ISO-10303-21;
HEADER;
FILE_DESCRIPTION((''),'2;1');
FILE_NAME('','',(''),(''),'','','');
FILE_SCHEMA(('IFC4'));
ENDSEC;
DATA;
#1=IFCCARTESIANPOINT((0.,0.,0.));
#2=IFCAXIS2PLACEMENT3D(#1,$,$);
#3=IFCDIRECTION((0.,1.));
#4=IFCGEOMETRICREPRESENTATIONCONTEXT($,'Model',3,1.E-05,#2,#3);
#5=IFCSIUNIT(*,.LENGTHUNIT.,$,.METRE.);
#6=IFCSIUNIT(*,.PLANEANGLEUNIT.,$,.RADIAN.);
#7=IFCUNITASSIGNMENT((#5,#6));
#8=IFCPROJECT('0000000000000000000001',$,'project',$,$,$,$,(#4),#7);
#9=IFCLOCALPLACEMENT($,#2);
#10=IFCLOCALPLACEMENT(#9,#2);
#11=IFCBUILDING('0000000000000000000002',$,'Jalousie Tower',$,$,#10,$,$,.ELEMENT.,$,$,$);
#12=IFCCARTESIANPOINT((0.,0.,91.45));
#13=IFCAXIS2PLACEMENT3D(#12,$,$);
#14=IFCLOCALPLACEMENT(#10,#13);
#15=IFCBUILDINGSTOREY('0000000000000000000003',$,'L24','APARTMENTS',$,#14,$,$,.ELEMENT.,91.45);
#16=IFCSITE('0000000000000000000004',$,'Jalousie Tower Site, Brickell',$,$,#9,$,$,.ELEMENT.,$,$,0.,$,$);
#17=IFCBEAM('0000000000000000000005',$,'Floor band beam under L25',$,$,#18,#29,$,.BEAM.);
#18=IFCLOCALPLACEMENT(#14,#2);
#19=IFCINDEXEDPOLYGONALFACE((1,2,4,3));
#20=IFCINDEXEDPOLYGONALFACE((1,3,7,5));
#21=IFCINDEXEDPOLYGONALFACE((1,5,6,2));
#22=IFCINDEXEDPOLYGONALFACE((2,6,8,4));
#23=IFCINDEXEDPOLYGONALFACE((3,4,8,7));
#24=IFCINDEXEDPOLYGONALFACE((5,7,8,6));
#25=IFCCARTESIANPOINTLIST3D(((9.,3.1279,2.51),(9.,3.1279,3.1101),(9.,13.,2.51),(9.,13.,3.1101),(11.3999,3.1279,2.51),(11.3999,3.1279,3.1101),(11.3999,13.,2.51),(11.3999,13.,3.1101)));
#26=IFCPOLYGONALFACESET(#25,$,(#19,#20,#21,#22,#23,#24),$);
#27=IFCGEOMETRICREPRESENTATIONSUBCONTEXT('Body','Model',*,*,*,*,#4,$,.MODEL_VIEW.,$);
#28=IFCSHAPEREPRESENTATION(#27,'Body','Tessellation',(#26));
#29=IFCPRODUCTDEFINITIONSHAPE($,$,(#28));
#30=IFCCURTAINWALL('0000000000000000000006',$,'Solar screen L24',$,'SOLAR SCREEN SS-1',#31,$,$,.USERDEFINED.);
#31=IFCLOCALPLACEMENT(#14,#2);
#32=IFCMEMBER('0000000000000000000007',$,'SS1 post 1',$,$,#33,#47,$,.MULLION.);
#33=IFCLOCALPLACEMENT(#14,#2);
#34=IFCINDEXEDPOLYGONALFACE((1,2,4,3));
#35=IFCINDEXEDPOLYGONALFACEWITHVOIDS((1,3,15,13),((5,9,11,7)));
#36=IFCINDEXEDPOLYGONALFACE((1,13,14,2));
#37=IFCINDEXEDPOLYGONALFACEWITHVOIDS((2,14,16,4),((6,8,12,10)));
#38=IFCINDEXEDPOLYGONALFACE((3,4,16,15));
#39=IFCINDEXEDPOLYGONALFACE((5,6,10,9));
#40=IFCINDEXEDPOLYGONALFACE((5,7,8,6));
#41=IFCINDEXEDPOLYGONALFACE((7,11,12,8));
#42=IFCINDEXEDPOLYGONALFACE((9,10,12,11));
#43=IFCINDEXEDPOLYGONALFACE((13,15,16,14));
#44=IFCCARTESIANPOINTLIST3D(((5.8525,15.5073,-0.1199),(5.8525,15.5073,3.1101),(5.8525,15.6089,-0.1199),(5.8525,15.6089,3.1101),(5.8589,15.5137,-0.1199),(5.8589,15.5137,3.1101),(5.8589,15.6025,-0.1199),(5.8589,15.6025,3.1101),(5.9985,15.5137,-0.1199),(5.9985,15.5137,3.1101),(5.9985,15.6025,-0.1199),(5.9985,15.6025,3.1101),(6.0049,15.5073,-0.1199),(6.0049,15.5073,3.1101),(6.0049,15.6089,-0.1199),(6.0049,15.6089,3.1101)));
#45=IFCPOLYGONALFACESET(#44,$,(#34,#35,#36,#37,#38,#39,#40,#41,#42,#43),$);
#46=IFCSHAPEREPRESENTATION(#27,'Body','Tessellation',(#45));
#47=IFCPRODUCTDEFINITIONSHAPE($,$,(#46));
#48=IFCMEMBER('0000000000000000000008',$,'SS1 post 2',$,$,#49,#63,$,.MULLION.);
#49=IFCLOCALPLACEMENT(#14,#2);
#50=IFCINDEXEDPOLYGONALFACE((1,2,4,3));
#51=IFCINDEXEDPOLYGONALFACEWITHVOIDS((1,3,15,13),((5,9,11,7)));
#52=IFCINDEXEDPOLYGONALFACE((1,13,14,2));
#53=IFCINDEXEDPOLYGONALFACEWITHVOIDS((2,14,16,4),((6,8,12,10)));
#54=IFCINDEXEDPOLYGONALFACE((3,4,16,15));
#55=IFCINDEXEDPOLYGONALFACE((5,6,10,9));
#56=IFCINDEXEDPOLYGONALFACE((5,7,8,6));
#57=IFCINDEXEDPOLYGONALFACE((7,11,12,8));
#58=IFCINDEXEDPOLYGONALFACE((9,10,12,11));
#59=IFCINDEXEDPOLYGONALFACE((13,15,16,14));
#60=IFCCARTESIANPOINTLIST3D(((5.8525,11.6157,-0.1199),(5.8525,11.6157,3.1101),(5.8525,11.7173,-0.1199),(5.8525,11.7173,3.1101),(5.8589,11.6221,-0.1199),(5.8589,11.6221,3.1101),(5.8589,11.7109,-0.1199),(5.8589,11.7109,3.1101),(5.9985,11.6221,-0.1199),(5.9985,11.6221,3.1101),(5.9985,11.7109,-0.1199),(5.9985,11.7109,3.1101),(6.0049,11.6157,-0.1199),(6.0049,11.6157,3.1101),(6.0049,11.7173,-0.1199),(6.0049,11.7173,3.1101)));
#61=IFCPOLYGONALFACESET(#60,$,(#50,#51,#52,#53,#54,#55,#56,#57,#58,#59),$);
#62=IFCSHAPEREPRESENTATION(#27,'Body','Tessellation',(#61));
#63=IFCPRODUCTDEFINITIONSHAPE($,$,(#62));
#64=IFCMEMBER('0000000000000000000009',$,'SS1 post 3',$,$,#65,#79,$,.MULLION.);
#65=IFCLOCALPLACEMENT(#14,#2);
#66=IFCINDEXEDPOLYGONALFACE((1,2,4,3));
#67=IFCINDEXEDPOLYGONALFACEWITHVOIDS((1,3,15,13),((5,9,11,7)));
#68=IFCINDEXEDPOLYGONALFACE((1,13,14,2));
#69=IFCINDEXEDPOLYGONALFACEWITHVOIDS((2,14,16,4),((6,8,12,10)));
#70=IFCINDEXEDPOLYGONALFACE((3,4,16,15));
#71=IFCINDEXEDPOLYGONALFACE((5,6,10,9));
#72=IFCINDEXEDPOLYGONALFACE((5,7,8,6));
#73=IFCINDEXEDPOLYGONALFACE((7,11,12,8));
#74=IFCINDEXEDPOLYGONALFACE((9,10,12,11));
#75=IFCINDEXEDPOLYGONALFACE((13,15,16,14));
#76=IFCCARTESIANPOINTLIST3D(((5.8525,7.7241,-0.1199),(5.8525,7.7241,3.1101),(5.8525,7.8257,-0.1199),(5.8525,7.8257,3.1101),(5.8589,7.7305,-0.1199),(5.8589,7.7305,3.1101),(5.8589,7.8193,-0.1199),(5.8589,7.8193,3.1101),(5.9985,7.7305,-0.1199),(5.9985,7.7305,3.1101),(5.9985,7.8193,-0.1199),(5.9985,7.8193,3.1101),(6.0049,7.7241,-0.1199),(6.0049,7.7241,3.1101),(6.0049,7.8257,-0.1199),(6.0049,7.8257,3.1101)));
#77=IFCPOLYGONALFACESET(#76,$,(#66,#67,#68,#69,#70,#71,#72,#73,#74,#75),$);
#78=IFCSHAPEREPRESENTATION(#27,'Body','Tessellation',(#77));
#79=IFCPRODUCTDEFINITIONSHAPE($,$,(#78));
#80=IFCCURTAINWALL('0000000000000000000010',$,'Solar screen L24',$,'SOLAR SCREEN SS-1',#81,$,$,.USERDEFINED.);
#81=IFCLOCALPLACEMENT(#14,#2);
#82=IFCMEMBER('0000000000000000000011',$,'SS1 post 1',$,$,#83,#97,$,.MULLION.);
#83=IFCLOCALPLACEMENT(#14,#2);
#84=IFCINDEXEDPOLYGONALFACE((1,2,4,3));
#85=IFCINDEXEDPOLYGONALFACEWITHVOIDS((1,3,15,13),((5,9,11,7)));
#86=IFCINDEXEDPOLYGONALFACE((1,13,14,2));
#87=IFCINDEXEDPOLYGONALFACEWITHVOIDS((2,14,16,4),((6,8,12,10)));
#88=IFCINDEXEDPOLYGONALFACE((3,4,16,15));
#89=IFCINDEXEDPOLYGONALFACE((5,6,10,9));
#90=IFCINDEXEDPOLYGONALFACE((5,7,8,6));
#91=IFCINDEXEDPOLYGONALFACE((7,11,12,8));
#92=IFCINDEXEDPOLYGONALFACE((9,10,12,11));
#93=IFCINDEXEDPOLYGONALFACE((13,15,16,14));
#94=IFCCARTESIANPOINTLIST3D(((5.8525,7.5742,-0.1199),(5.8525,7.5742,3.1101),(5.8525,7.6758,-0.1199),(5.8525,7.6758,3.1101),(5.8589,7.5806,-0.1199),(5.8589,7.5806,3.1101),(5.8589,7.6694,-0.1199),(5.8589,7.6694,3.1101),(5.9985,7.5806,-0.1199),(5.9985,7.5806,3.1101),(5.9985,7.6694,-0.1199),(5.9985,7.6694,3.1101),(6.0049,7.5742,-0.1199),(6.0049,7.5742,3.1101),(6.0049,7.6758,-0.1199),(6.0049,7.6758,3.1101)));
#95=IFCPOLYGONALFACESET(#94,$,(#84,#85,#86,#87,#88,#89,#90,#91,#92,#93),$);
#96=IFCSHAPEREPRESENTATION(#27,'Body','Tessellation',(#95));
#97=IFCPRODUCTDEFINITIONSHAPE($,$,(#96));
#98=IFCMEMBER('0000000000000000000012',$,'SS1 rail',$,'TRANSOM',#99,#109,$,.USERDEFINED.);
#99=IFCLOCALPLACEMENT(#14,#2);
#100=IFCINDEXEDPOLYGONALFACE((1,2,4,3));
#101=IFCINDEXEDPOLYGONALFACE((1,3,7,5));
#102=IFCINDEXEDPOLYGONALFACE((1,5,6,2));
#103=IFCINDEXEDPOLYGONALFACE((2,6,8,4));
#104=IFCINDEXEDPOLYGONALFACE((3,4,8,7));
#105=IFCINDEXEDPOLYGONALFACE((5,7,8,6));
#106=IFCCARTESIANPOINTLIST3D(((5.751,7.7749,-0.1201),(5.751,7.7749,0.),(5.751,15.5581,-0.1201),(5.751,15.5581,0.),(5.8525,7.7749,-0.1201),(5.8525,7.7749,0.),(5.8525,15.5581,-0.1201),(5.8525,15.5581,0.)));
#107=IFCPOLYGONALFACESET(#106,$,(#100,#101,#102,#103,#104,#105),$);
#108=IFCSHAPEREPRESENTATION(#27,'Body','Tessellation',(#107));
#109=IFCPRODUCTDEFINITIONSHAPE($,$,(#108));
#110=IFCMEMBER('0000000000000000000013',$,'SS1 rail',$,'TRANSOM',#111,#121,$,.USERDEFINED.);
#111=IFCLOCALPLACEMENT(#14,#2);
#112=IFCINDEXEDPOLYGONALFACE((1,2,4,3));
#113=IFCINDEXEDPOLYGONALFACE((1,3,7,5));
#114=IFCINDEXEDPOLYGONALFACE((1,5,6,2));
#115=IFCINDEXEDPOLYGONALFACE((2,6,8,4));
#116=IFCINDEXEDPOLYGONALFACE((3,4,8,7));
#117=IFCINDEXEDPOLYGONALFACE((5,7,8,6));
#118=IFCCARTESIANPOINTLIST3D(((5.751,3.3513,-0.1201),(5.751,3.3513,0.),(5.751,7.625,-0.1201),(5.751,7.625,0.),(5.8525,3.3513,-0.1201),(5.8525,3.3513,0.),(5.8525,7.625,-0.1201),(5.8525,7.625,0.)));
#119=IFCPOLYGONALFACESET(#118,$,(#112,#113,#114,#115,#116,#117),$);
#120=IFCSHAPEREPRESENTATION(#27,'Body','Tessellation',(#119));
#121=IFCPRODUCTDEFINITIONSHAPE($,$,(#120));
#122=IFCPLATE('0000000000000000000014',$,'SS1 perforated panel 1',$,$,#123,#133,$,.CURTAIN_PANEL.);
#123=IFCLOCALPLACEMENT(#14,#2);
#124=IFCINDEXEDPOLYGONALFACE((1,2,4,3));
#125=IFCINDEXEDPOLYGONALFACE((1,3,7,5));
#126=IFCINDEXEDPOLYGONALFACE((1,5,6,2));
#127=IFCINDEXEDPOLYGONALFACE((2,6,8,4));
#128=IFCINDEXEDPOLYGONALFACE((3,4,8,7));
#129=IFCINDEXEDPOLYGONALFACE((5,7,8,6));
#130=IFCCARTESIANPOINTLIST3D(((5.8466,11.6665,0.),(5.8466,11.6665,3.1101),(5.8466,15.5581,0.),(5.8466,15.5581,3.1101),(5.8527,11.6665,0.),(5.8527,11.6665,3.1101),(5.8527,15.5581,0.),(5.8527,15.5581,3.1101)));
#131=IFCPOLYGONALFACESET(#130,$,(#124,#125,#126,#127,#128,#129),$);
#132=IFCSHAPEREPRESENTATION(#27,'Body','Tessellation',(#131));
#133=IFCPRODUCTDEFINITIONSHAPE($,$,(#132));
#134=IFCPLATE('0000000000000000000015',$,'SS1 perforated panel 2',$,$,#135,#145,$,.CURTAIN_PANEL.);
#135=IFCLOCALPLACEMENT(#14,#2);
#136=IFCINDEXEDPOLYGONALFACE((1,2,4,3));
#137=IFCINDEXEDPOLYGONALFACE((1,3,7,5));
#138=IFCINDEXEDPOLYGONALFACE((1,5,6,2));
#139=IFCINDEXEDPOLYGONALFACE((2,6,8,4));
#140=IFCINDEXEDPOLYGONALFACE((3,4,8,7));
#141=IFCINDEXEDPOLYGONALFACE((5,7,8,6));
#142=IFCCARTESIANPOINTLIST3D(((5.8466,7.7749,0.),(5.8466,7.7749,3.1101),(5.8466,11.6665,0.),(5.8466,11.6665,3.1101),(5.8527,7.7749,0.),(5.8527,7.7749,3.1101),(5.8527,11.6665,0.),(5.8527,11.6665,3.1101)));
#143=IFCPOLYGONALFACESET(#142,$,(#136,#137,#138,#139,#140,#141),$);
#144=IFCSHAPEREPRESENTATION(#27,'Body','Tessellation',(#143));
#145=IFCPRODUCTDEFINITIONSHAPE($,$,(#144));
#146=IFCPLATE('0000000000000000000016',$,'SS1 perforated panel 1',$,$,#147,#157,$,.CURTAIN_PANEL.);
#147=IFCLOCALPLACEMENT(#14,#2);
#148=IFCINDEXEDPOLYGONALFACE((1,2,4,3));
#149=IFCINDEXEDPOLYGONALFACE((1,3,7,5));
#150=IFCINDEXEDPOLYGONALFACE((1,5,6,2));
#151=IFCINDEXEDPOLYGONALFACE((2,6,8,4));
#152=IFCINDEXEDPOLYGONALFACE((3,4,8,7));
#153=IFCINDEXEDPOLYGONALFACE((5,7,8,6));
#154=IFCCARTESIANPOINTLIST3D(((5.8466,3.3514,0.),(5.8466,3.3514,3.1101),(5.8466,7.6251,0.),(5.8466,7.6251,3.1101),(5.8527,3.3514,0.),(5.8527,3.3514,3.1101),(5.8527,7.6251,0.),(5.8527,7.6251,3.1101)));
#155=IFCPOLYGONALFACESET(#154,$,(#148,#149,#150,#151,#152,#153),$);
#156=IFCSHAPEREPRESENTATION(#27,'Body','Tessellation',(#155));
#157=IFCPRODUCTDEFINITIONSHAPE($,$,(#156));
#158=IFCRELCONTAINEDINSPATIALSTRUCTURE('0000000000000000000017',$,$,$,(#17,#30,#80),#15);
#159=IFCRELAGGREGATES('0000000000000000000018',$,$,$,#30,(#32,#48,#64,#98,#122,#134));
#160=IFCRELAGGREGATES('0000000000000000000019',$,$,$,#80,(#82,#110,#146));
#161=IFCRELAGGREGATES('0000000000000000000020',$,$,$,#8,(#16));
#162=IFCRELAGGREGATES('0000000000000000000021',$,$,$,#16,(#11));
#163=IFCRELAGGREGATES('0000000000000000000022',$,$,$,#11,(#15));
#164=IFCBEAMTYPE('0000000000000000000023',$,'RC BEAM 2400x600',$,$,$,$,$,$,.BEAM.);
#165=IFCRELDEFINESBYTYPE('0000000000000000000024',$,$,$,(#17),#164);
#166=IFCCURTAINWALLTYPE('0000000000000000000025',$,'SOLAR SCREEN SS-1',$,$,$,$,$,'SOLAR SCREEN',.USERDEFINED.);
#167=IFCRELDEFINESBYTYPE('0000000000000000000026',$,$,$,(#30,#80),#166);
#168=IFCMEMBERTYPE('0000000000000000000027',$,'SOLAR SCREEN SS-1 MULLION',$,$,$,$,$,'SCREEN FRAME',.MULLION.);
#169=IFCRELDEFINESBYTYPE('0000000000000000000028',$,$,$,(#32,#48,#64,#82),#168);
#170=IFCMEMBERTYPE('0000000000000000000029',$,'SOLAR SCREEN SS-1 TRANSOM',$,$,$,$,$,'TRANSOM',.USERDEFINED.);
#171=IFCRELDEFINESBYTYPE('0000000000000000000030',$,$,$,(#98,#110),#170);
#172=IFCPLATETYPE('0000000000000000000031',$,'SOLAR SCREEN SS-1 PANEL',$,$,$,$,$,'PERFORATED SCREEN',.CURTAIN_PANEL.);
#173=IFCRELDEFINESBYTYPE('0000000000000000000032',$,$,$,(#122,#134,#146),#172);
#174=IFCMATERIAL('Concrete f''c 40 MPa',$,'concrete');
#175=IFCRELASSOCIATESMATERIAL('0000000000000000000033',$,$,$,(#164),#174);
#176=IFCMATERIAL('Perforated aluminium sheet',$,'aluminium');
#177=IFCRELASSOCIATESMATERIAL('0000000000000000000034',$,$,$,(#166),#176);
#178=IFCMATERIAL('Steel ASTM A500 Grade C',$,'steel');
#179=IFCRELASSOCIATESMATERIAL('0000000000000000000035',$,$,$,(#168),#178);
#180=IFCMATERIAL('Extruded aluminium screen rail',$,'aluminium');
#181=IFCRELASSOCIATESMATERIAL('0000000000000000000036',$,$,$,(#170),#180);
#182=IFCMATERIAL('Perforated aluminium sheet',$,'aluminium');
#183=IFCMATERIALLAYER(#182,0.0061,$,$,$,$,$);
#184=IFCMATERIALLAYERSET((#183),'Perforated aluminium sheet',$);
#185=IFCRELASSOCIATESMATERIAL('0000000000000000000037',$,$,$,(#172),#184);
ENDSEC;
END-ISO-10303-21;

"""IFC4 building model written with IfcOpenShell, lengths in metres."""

from ifc_helpers import new_model, si_unit, direction, frame, origin, origin_2d, place, context, subcontext, project, spatial, rectangle, hollow_rectangle, extrude, material, layer, layer_set, material_profile, profile_set, type_object, element, aggregate, save


model = new_model("IFC4")

# Units and contexts
model_context = context("Model", 3, precision=1e-05, world=origin(), true_north=direction((0.0, 1.0)))
body_context = subcontext(model_context, "Body", "Model", "MODEL_VIEW")
ifc_project = project(units=[si_unit("LENGTHUNIT", "METRE"), si_unit("PLANEANGLEUNIT", "RADIAN")], contexts=[model_context])

# Site, building, storey
site_placement = place(None, origin())
site = spatial("IfcSite", under=ifc_project, at=site_placement, Name="Jalousie Tower Site, Brickell", CompositionType="ELEMENT", RefElevation=0.0)
building_placement = place(site_placement, origin())
building = spatial("IfcBuilding", under=site, at=building_placement, Name="Jalousie Tower", CompositionType="ELEMENT")
storey_placement = place(building_placement, frame((0.0, 0.0, 91.45)))
storey = spatial("IfcBuildingStorey", under=building, at=storey_placement, Name="L24", Description="APARTMENTS", CompositionType="ELEMENT", Elevation=91.45)

# Beam
ifc_material_1 = material(Name="Concrete f'c 40 MPa", Category="concrete")
ifc_material_profile_1 = material_profile(ifc_material_1, rectangle(XDim=2.3999, YDim=0.6001, at=origin_2d()), Name="RC 2400x600")
ifc_profile_set_1 = profile_set([ifc_material_profile_1], Name="Concrete f'c 40 MPa")
beam_type_1 = type_object("IfcBeamType", Name="RC BEAM 2400x600", PredefinedType="BEAM", material=ifc_profile_set_1)
beam_1_placement = place(storey_placement, frame((10.2, 13.0, 2.8101), z_axis=(0.0, -1.0, 0.0), x_axis=(1.0, 0.0, 0.0)))
element("IfcBeam", 1, at=beam_1_placement, inside=storey, type_object=beam_type_1, Name="Floor band beam under L25", PredefinedType="BEAM", context=body_context, shape_type="SweptSolid", body=[
    extrude(rectangle(XDim=2.3999, YDim=0.6001, at=origin_2d()), origin(), (0.0, 0.0, 1.0), 9.8721),
])

# Curtain wall, members
ifc_material_2 = material(Name="Perforated aluminium sheet", Category="aluminium")
curtain_wall_type = type_object("IfcCurtainWallType", Name="SOLAR SCREEN SS-1", ElementType="SOLAR SCREEN", PredefinedType="USERDEFINED", material=ifc_material_2)
curtain_wall_1_placement = place(storey_placement, origin())
curtain_wall_1 = element("IfcCurtainWall", 2, at=curtain_wall_1_placement, inside=storey, type_object=curtain_wall_type, Name="Solar screen L24", ObjectType="SOLAR SCREEN SS-1", PredefinedType="USERDEFINED")
ifc_material_3 = material(Name="Steel ASTM A500 Grade C", Category="steel")
ifc_material_profile_2 = material_profile(ifc_material_3, hollow_rectangle(XDim=0.1016, YDim=0.1523, WallThickness=0.0063, at=origin_2d()), Name="HSS6X4X1/4")
ifc_profile_set_2 = profile_set([ifc_material_profile_2], Name="Steel ASTM A500 Grade C")
member_type_1 = type_object("IfcMemberType", Name="SOLAR SCREEN SS-1 MULLION", ElementType="SCREEN FRAME", PredefinedType="MULLION", material=ifc_profile_set_2)
member_1_placement = place(storey_placement, frame((5.9287, 15.5581, -0.1199), z_axis=(0.0, 0.0, 1.0), x_axis=(0.0, -1.0, 0.0)))
member_1 = element("IfcMember", 3, at=member_1_placement, type_object=member_type_1, Name="SS1 post 1", PredefinedType="MULLION", context=body_context, shape_type="SweptSolid", body=[
    extrude(hollow_rectangle(XDim=0.1016, YDim=0.1523, WallThickness=0.0063, at=origin_2d()), origin(), (0.0, 0.0, 1.0), 3.23),
])
member_2_placement = place(storey_placement, frame((5.9287, 11.6665, -0.1199), z_axis=(0.0, 0.0, 1.0), x_axis=(0.0, -1.0, 0.0)))
member_2 = element("IfcMember", 4, at=member_2_placement, type_object=member_type_1, Name="SS1 post 2", PredefinedType="MULLION", context=body_context, shape_type="SweptSolid", body=[
    extrude(hollow_rectangle(XDim=0.1016, YDim=0.1523, WallThickness=0.0063, at=origin_2d()), origin(), (0.0, 0.0, 1.0), 3.23),
])
member_3_placement = place(storey_placement, frame((5.9287, 7.7749, -0.1199), z_axis=(0.0, 0.0, 1.0), x_axis=(0.0, -1.0, 0.0)))
member_3 = element("IfcMember", 5, at=member_3_placement, type_object=member_type_1, Name="SS1 post 3", PredefinedType="MULLION", context=body_context, shape_type="SweptSolid", body=[
    extrude(hollow_rectangle(XDim=0.1016, YDim=0.1523, WallThickness=0.0063, at=origin_2d()), origin(), (0.0, 0.0, 1.0), 3.23),
])

# Curtain wall, member
curtain_wall_2_placement = place(storey_placement, origin())
curtain_wall_2 = element("IfcCurtainWall", 6, at=curtain_wall_2_placement, inside=storey, type_object=curtain_wall_type, Name="Solar screen L24", ObjectType="SOLAR SCREEN SS-1", PredefinedType="USERDEFINED")
member_4_placement = place(storey_placement, frame((5.9287, 7.625, -0.1199), z_axis=(0.0, 0.0, 1.0), x_axis=(0.0, -1.0, 0.0)))
member_4 = element("IfcMember", 7, at=member_4_placement, type_object=member_type_1, Name="SS1 post 1", PredefinedType="MULLION", context=body_context, shape_type="SweptSolid", body=[
    extrude(hollow_rectangle(XDim=0.1016, YDim=0.1523, WallThickness=0.0063, at=origin_2d()), origin(), (0.0, 0.0, 1.0), 3.23),
])

# Members
ifc_material_4 = material(Name="Extruded aluminium screen rail", Category="aluminium")
ifc_material_profile_3 = material_profile(ifc_material_4, rectangle(XDim=0.1016, YDim=0.1201, at=origin_2d()), Name="RAIL 102x120")
ifc_profile_set_3 = profile_set([ifc_material_profile_3], Name="Extruded aluminium screen rail")
member_type_2 = type_object("IfcMemberType", Name="SOLAR SCREEN SS-1 TRANSOM", ElementType="TRANSOM", PredefinedType="USERDEFINED", material=ifc_profile_set_3)
member_5_placement = place(storey_placement, frame((5.8018, 15.5581, -0.0601), z_axis=(0.0, -1.0, 0.0), x_axis=(1.0, 0.0, 0.0)))
member_5 = element("IfcMember", 8, at=member_5_placement, type_object=member_type_2, Name="SS1 rail", ObjectType="TRANSOM", PredefinedType="USERDEFINED", context=body_context, shape_type="SweptSolid", body=[
    extrude(rectangle(XDim=0.1016, YDim=0.1201, at=origin_2d()), origin(), (0.0, 0.0, 1.0), 7.7832),
])
member_6_placement = place(storey_placement, frame((5.8018, 7.625, -0.0601), z_axis=(0.0, -1.0, 0.0), x_axis=(1.0, 0.0, 0.0)))
member_6 = element("IfcMember", 9, at=member_6_placement, type_object=member_type_2, Name="SS1 rail", ObjectType="TRANSOM", PredefinedType="USERDEFINED", context=body_context, shape_type="SweptSolid", body=[
    extrude(rectangle(XDim=0.1016, YDim=0.1201, at=origin_2d()), origin(), (0.0, 0.0, 1.0), 4.2737),
])

# Plates
ifc_material_5 = material(Name="Perforated aluminium sheet", Category="aluminium")
ifc_layer_1 = layer(ifc_material_5, 0.0061)
ifc_layer_set_1 = layer_set([ifc_layer_1], Name="Perforated aluminium sheet")
plate_type = type_object("IfcPlateType", Name="SOLAR SCREEN SS-1 PANEL", ElementType="PERFORATED SCREEN", PredefinedType="CURTAIN_PANEL", material=ifc_layer_set_1)
plate_1_placement = place(storey_placement, frame((5.8496, 13.6123, 0.0), z_axis=(0.0, 0.0, 1.0), x_axis=(0.0, -1.0, 0.0)))
plate_1 = element("IfcPlate", 10, at=plate_1_placement, type_object=plate_type, Name="SS1 perforated panel 1", PredefinedType="CURTAIN_PANEL", context=body_context, shape_type="SweptSolid", body=[
    extrude(rectangle(XDim=3.8916, YDim=0.0061, at=origin_2d()), origin(), (0.0, 0.0, 1.0), 3.1101),
])
plate_2_placement = place(storey_placement, frame((5.8496, 9.7207, 0.0), z_axis=(0.0, 0.0, 1.0), x_axis=(0.0, -1.0, 0.0)))
plate_2 = element("IfcPlate", 11, at=plate_2_placement, type_object=plate_type, Name="SS1 perforated panel 2", PredefinedType="CURTAIN_PANEL", context=body_context, shape_type="SweptSolid", body=[
    extrude(rectangle(XDim=3.8916, YDim=0.0061, at=origin_2d()), origin(), (0.0, 0.0, 1.0), 3.1101),
])
aggregate(curtain_wall_1, [member_1, member_2, member_3, member_5, plate_1, plate_2])
plate_3_placement = place(storey_placement, frame((5.8496, 5.4883, 0.0), z_axis=(0.0, 0.0, 1.0), x_axis=(0.0, -1.0, 0.0)))
plate_3 = element("IfcPlate", 12, at=plate_3_placement, type_object=plate_type, Name="SS1 perforated panel 1", PredefinedType="CURTAIN_PANEL", context=body_context, shape_type="SweptSolid", body=[
    extrude(rectangle(XDim=4.2737, YDim=0.0061, at=origin_2d()), origin(), (0.0, 0.0, 1.0), 3.1101),
])
aggregate(curtain_wall_2, [member_4, member_6, plate_3])

save(model, "model.ifc")
